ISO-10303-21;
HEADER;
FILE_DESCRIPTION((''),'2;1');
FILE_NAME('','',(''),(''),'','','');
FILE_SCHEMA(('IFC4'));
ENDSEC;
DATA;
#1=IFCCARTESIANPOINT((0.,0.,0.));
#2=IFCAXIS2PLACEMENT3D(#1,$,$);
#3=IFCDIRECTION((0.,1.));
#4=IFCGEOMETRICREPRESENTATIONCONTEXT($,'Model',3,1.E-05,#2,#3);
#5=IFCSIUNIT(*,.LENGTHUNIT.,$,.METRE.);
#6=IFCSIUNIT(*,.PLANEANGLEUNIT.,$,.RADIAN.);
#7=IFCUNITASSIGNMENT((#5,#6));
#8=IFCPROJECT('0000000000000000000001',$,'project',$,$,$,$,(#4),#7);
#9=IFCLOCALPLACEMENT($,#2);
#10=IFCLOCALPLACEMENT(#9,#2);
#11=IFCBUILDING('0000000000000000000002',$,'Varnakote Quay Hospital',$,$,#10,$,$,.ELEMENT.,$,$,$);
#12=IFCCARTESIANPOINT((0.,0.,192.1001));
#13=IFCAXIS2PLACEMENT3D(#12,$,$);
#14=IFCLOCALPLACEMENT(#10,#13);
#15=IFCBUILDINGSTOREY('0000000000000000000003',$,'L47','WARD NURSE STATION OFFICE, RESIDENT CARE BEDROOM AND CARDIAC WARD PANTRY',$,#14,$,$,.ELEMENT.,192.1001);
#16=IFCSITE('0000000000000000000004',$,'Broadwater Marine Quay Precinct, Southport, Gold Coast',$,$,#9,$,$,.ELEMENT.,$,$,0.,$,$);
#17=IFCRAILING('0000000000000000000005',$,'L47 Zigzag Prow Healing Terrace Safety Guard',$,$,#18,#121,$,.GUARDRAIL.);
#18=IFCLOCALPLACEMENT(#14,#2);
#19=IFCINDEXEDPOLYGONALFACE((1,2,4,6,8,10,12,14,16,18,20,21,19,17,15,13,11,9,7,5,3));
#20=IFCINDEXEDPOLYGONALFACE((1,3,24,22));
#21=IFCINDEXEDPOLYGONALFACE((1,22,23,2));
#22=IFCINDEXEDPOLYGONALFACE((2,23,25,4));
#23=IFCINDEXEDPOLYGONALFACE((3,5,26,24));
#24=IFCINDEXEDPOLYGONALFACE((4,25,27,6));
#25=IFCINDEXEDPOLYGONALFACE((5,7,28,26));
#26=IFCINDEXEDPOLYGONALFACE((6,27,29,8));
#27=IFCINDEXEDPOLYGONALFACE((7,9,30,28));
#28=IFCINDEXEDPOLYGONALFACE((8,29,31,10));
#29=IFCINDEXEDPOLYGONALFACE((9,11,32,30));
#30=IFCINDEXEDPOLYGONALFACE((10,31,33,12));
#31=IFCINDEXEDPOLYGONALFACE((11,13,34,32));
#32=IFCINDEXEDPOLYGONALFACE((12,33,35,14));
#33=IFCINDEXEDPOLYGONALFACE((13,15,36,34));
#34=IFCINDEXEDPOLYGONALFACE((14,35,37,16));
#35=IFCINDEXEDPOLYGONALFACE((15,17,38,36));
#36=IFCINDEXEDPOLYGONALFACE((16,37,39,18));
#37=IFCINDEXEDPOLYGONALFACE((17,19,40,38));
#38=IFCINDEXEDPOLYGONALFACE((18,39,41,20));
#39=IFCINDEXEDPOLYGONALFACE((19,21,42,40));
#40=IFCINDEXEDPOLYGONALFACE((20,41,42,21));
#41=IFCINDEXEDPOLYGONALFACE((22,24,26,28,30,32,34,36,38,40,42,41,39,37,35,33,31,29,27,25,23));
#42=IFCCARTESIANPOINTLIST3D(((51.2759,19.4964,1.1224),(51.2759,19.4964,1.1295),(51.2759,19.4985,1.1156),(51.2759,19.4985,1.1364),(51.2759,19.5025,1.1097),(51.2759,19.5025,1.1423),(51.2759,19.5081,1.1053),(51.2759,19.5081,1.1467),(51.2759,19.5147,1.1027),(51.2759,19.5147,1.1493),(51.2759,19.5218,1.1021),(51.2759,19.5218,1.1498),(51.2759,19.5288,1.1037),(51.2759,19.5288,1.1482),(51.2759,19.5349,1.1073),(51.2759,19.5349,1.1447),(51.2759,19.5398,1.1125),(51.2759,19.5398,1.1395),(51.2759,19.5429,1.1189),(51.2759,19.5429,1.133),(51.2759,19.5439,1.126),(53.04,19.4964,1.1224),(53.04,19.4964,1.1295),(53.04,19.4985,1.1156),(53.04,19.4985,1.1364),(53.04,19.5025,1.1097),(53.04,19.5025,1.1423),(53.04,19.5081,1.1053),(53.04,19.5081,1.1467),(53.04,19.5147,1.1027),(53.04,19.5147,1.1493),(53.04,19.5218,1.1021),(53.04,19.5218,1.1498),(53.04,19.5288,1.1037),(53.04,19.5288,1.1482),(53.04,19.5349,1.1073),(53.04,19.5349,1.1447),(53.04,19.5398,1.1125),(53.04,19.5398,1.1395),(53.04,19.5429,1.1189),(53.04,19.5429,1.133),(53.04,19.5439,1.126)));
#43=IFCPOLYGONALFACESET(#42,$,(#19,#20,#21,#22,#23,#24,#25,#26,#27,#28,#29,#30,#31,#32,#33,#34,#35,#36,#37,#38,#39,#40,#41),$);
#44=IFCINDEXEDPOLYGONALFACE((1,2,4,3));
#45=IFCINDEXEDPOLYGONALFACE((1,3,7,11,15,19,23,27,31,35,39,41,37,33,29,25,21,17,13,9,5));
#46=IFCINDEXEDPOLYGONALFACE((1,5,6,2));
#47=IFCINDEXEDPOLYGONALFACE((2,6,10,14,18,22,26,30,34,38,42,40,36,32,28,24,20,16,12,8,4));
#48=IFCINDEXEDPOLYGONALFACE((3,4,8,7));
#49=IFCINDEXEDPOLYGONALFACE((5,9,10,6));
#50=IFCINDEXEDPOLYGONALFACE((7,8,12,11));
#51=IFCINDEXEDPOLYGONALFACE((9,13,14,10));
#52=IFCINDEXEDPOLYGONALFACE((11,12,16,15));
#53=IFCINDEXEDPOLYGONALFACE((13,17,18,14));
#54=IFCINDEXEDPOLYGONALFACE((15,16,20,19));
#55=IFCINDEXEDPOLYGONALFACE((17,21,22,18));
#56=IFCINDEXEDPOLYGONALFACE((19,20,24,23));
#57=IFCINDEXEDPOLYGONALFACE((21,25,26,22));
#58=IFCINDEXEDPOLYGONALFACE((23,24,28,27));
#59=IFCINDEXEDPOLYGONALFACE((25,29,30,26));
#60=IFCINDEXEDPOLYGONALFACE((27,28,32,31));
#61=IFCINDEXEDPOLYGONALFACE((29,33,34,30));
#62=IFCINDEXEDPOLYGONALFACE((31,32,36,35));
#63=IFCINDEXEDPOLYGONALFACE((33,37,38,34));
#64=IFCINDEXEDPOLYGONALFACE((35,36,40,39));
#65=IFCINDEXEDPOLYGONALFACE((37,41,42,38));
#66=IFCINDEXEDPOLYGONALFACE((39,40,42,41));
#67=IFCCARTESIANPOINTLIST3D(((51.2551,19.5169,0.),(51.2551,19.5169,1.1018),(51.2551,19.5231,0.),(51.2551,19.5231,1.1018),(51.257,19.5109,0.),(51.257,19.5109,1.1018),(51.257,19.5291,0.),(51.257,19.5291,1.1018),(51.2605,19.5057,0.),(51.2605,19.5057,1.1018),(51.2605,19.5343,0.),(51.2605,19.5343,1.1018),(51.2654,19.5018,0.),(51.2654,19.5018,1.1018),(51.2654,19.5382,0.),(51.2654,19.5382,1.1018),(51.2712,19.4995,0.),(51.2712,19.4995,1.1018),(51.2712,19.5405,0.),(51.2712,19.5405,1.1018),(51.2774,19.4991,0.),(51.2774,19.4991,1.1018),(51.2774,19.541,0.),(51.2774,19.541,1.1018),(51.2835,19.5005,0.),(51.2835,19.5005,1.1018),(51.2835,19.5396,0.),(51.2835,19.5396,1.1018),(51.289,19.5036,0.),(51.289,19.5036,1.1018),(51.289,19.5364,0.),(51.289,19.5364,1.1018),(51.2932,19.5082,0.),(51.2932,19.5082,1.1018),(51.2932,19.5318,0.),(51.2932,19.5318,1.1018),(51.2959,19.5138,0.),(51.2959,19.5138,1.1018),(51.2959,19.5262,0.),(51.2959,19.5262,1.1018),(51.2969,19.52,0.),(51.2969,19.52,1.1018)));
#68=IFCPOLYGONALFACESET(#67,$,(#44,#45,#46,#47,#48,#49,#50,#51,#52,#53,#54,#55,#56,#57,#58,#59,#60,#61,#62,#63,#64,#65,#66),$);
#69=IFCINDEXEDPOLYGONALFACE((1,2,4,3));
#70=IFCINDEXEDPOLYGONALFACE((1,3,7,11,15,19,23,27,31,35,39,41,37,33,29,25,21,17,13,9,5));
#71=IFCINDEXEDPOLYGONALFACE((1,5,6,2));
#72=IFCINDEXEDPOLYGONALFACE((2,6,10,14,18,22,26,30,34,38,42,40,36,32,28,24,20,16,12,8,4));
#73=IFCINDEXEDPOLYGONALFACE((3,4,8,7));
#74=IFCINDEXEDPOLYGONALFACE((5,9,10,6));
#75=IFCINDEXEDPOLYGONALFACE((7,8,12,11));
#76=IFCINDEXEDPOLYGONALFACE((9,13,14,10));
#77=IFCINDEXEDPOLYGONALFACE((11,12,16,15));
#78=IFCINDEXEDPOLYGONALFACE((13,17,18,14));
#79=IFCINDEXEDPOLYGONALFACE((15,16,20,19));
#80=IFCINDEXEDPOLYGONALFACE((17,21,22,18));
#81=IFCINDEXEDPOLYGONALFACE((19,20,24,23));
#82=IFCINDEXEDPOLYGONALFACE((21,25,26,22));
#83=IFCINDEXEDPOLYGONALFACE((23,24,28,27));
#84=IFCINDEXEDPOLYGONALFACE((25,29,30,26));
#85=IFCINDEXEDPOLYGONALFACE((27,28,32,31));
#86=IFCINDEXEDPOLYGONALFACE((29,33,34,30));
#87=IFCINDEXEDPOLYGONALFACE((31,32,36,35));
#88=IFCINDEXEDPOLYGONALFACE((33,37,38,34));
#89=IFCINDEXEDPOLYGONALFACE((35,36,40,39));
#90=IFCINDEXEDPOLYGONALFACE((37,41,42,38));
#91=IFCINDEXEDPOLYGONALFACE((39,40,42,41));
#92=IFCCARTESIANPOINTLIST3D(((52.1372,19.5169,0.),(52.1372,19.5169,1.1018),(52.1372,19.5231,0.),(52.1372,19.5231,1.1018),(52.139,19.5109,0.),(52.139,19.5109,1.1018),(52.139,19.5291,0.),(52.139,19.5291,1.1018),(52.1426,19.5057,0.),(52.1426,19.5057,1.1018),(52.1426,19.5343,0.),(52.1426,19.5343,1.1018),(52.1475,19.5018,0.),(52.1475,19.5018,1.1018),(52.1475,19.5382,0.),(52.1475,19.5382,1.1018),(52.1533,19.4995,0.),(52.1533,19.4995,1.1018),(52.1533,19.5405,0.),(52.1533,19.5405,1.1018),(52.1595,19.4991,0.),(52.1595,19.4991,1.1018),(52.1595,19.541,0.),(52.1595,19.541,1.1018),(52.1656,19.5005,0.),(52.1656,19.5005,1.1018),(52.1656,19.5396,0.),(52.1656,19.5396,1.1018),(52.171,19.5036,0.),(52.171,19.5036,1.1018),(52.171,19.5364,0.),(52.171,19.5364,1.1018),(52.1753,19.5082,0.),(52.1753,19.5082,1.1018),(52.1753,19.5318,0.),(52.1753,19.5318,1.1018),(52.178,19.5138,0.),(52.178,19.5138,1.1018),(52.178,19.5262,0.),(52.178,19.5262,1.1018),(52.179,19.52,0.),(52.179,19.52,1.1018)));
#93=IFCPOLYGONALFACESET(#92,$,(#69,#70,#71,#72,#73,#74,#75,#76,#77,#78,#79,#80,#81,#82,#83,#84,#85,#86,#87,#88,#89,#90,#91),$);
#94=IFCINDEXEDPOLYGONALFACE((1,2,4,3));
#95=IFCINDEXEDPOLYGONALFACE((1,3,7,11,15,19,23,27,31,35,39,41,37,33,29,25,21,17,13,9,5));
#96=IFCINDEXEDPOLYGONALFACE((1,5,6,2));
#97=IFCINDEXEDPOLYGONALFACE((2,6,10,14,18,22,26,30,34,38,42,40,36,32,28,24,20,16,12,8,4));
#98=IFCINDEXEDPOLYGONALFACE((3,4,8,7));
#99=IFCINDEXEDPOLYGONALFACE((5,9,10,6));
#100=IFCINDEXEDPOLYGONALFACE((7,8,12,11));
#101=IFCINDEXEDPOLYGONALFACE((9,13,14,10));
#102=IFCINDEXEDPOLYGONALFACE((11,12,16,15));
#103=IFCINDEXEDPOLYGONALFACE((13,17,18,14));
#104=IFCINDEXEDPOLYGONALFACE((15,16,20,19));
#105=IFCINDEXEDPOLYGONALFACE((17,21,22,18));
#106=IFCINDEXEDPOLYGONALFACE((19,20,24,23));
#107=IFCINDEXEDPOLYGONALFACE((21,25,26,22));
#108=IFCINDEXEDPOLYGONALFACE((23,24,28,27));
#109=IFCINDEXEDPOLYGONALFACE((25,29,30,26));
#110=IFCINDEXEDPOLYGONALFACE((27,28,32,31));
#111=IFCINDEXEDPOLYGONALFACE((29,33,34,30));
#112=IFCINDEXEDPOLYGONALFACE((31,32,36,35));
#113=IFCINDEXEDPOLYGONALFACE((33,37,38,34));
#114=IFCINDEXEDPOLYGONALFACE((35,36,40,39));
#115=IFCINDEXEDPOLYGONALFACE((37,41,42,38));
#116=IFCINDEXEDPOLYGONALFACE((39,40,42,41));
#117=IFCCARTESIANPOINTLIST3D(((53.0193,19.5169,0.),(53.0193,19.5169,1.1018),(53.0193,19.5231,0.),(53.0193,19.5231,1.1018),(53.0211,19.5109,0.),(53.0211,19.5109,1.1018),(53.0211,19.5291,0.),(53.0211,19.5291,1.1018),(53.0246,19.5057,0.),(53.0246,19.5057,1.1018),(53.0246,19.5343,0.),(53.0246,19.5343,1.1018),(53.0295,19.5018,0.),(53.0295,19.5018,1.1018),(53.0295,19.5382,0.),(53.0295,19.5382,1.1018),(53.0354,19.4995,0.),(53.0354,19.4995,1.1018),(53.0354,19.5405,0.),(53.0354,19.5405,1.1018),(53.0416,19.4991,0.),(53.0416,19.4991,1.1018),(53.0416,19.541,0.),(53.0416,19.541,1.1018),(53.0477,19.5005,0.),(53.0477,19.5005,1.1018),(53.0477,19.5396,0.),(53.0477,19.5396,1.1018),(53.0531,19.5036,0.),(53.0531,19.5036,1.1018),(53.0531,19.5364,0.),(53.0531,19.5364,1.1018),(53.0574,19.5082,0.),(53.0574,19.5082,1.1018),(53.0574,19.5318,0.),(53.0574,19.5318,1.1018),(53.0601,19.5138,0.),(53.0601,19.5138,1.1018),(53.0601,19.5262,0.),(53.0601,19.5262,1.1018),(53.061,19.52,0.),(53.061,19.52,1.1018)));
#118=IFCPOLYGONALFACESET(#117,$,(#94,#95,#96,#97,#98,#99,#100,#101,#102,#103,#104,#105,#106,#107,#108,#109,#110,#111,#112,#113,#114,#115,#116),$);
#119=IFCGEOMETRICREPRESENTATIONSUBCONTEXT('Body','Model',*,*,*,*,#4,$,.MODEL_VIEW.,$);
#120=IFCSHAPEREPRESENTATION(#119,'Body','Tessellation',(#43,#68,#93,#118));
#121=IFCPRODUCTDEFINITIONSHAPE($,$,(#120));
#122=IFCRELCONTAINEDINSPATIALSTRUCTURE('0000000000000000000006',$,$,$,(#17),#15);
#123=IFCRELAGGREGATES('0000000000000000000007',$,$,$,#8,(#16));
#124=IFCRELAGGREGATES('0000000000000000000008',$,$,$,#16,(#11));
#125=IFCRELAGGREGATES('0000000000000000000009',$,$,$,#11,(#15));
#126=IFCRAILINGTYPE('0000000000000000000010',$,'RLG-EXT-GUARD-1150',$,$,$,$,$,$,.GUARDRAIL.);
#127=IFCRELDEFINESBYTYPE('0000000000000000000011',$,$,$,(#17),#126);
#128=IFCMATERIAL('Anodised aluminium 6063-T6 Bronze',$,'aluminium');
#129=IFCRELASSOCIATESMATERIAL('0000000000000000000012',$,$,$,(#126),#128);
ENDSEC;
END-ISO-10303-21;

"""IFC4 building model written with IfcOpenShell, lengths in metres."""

from ifc_helpers import new_model, si_unit, direction, frame, origin, origin_2d, place, context, subcontext, project, spatial, circle, extrude, material, type_object, element, save


model = new_model("IFC4")

# Units and contexts
model_context = context("Model", 3, precision=1e-05, world=origin(), true_north=direction((0.0, 1.0)))
body_context = subcontext(model_context, "Body", "Model", "MODEL_VIEW")
ifc_project = project(units=[si_unit("LENGTHUNIT", "METRE"), si_unit("PLANEANGLEUNIT", "RADIAN")], contexts=[model_context])

# Site, building, storey
site_placement = place(None, origin())
site = spatial("IfcSite", under=ifc_project, at=site_placement, Name="Broadwater Marine Quay Precinct, Southport, Gold Coast", CompositionType="ELEMENT", RefElevation=0.0)
building_placement = place(site_placement, origin())
building = spatial("IfcBuilding", under=site, at=building_placement, Name="Varnakote Quay Hospital", CompositionType="ELEMENT")
storey_placement = place(building_placement, frame((0.0, 0.0, 192.1001)))
storey = spatial("IfcBuildingStorey", under=building, at=storey_placement, Name="L47", Description="WARD NURSE STATION OFFICE, RESIDENT CARE BEDROOM AND CARDIAC WARD PANTRY", CompositionType="ELEMENT", Elevation=192.1001)

# Railing
ifc_material_1 = material(Name="Anodised aluminium 6063-T6 Bronze", Category="aluminium")
railing_type = type_object("IfcRailingType", Name="RLG-EXT-GUARD-1150", PredefinedType="GUARDRAIL", material=ifc_material_1)
railing_1_placement = place(storey_placement, frame((51.2759, 19.52, 0.0)))
element("IfcRailing", 1, at=railing_1_placement, inside=storey, type_object=railing_type, Name="L47 Zigzag Prow Healing Terrace Safety Guard", PredefinedType="GUARDRAIL", context=body_context, shape_type="SweptSolid", body=[
    extrude(circle(Radius=0.0239, at=origin_2d()), frame((0.0, 0.0, 1.126), z_axis=(1.0, 0.0, 0.0), x_axis=(0.0, 1.0, 0.0)), (0.0, 0.0, 1.0), 1.7642),
    extrude(circle(Radius=0.021, at=origin_2d()), origin(), (0.0, 0.0, 1.0), 1.1018),
    extrude(circle(Radius=0.021, at=origin_2d()), frame((0.8821, 0.0, 0.0)), (0.0, 0.0, 1.0), 1.1018),
    extrude(circle(Radius=0.021, at=origin_2d()), frame((1.7642, 0.0, 0.0)), (0.0, 0.0, 1.0), 1.1018),
])

save(model, "model.ifc")
